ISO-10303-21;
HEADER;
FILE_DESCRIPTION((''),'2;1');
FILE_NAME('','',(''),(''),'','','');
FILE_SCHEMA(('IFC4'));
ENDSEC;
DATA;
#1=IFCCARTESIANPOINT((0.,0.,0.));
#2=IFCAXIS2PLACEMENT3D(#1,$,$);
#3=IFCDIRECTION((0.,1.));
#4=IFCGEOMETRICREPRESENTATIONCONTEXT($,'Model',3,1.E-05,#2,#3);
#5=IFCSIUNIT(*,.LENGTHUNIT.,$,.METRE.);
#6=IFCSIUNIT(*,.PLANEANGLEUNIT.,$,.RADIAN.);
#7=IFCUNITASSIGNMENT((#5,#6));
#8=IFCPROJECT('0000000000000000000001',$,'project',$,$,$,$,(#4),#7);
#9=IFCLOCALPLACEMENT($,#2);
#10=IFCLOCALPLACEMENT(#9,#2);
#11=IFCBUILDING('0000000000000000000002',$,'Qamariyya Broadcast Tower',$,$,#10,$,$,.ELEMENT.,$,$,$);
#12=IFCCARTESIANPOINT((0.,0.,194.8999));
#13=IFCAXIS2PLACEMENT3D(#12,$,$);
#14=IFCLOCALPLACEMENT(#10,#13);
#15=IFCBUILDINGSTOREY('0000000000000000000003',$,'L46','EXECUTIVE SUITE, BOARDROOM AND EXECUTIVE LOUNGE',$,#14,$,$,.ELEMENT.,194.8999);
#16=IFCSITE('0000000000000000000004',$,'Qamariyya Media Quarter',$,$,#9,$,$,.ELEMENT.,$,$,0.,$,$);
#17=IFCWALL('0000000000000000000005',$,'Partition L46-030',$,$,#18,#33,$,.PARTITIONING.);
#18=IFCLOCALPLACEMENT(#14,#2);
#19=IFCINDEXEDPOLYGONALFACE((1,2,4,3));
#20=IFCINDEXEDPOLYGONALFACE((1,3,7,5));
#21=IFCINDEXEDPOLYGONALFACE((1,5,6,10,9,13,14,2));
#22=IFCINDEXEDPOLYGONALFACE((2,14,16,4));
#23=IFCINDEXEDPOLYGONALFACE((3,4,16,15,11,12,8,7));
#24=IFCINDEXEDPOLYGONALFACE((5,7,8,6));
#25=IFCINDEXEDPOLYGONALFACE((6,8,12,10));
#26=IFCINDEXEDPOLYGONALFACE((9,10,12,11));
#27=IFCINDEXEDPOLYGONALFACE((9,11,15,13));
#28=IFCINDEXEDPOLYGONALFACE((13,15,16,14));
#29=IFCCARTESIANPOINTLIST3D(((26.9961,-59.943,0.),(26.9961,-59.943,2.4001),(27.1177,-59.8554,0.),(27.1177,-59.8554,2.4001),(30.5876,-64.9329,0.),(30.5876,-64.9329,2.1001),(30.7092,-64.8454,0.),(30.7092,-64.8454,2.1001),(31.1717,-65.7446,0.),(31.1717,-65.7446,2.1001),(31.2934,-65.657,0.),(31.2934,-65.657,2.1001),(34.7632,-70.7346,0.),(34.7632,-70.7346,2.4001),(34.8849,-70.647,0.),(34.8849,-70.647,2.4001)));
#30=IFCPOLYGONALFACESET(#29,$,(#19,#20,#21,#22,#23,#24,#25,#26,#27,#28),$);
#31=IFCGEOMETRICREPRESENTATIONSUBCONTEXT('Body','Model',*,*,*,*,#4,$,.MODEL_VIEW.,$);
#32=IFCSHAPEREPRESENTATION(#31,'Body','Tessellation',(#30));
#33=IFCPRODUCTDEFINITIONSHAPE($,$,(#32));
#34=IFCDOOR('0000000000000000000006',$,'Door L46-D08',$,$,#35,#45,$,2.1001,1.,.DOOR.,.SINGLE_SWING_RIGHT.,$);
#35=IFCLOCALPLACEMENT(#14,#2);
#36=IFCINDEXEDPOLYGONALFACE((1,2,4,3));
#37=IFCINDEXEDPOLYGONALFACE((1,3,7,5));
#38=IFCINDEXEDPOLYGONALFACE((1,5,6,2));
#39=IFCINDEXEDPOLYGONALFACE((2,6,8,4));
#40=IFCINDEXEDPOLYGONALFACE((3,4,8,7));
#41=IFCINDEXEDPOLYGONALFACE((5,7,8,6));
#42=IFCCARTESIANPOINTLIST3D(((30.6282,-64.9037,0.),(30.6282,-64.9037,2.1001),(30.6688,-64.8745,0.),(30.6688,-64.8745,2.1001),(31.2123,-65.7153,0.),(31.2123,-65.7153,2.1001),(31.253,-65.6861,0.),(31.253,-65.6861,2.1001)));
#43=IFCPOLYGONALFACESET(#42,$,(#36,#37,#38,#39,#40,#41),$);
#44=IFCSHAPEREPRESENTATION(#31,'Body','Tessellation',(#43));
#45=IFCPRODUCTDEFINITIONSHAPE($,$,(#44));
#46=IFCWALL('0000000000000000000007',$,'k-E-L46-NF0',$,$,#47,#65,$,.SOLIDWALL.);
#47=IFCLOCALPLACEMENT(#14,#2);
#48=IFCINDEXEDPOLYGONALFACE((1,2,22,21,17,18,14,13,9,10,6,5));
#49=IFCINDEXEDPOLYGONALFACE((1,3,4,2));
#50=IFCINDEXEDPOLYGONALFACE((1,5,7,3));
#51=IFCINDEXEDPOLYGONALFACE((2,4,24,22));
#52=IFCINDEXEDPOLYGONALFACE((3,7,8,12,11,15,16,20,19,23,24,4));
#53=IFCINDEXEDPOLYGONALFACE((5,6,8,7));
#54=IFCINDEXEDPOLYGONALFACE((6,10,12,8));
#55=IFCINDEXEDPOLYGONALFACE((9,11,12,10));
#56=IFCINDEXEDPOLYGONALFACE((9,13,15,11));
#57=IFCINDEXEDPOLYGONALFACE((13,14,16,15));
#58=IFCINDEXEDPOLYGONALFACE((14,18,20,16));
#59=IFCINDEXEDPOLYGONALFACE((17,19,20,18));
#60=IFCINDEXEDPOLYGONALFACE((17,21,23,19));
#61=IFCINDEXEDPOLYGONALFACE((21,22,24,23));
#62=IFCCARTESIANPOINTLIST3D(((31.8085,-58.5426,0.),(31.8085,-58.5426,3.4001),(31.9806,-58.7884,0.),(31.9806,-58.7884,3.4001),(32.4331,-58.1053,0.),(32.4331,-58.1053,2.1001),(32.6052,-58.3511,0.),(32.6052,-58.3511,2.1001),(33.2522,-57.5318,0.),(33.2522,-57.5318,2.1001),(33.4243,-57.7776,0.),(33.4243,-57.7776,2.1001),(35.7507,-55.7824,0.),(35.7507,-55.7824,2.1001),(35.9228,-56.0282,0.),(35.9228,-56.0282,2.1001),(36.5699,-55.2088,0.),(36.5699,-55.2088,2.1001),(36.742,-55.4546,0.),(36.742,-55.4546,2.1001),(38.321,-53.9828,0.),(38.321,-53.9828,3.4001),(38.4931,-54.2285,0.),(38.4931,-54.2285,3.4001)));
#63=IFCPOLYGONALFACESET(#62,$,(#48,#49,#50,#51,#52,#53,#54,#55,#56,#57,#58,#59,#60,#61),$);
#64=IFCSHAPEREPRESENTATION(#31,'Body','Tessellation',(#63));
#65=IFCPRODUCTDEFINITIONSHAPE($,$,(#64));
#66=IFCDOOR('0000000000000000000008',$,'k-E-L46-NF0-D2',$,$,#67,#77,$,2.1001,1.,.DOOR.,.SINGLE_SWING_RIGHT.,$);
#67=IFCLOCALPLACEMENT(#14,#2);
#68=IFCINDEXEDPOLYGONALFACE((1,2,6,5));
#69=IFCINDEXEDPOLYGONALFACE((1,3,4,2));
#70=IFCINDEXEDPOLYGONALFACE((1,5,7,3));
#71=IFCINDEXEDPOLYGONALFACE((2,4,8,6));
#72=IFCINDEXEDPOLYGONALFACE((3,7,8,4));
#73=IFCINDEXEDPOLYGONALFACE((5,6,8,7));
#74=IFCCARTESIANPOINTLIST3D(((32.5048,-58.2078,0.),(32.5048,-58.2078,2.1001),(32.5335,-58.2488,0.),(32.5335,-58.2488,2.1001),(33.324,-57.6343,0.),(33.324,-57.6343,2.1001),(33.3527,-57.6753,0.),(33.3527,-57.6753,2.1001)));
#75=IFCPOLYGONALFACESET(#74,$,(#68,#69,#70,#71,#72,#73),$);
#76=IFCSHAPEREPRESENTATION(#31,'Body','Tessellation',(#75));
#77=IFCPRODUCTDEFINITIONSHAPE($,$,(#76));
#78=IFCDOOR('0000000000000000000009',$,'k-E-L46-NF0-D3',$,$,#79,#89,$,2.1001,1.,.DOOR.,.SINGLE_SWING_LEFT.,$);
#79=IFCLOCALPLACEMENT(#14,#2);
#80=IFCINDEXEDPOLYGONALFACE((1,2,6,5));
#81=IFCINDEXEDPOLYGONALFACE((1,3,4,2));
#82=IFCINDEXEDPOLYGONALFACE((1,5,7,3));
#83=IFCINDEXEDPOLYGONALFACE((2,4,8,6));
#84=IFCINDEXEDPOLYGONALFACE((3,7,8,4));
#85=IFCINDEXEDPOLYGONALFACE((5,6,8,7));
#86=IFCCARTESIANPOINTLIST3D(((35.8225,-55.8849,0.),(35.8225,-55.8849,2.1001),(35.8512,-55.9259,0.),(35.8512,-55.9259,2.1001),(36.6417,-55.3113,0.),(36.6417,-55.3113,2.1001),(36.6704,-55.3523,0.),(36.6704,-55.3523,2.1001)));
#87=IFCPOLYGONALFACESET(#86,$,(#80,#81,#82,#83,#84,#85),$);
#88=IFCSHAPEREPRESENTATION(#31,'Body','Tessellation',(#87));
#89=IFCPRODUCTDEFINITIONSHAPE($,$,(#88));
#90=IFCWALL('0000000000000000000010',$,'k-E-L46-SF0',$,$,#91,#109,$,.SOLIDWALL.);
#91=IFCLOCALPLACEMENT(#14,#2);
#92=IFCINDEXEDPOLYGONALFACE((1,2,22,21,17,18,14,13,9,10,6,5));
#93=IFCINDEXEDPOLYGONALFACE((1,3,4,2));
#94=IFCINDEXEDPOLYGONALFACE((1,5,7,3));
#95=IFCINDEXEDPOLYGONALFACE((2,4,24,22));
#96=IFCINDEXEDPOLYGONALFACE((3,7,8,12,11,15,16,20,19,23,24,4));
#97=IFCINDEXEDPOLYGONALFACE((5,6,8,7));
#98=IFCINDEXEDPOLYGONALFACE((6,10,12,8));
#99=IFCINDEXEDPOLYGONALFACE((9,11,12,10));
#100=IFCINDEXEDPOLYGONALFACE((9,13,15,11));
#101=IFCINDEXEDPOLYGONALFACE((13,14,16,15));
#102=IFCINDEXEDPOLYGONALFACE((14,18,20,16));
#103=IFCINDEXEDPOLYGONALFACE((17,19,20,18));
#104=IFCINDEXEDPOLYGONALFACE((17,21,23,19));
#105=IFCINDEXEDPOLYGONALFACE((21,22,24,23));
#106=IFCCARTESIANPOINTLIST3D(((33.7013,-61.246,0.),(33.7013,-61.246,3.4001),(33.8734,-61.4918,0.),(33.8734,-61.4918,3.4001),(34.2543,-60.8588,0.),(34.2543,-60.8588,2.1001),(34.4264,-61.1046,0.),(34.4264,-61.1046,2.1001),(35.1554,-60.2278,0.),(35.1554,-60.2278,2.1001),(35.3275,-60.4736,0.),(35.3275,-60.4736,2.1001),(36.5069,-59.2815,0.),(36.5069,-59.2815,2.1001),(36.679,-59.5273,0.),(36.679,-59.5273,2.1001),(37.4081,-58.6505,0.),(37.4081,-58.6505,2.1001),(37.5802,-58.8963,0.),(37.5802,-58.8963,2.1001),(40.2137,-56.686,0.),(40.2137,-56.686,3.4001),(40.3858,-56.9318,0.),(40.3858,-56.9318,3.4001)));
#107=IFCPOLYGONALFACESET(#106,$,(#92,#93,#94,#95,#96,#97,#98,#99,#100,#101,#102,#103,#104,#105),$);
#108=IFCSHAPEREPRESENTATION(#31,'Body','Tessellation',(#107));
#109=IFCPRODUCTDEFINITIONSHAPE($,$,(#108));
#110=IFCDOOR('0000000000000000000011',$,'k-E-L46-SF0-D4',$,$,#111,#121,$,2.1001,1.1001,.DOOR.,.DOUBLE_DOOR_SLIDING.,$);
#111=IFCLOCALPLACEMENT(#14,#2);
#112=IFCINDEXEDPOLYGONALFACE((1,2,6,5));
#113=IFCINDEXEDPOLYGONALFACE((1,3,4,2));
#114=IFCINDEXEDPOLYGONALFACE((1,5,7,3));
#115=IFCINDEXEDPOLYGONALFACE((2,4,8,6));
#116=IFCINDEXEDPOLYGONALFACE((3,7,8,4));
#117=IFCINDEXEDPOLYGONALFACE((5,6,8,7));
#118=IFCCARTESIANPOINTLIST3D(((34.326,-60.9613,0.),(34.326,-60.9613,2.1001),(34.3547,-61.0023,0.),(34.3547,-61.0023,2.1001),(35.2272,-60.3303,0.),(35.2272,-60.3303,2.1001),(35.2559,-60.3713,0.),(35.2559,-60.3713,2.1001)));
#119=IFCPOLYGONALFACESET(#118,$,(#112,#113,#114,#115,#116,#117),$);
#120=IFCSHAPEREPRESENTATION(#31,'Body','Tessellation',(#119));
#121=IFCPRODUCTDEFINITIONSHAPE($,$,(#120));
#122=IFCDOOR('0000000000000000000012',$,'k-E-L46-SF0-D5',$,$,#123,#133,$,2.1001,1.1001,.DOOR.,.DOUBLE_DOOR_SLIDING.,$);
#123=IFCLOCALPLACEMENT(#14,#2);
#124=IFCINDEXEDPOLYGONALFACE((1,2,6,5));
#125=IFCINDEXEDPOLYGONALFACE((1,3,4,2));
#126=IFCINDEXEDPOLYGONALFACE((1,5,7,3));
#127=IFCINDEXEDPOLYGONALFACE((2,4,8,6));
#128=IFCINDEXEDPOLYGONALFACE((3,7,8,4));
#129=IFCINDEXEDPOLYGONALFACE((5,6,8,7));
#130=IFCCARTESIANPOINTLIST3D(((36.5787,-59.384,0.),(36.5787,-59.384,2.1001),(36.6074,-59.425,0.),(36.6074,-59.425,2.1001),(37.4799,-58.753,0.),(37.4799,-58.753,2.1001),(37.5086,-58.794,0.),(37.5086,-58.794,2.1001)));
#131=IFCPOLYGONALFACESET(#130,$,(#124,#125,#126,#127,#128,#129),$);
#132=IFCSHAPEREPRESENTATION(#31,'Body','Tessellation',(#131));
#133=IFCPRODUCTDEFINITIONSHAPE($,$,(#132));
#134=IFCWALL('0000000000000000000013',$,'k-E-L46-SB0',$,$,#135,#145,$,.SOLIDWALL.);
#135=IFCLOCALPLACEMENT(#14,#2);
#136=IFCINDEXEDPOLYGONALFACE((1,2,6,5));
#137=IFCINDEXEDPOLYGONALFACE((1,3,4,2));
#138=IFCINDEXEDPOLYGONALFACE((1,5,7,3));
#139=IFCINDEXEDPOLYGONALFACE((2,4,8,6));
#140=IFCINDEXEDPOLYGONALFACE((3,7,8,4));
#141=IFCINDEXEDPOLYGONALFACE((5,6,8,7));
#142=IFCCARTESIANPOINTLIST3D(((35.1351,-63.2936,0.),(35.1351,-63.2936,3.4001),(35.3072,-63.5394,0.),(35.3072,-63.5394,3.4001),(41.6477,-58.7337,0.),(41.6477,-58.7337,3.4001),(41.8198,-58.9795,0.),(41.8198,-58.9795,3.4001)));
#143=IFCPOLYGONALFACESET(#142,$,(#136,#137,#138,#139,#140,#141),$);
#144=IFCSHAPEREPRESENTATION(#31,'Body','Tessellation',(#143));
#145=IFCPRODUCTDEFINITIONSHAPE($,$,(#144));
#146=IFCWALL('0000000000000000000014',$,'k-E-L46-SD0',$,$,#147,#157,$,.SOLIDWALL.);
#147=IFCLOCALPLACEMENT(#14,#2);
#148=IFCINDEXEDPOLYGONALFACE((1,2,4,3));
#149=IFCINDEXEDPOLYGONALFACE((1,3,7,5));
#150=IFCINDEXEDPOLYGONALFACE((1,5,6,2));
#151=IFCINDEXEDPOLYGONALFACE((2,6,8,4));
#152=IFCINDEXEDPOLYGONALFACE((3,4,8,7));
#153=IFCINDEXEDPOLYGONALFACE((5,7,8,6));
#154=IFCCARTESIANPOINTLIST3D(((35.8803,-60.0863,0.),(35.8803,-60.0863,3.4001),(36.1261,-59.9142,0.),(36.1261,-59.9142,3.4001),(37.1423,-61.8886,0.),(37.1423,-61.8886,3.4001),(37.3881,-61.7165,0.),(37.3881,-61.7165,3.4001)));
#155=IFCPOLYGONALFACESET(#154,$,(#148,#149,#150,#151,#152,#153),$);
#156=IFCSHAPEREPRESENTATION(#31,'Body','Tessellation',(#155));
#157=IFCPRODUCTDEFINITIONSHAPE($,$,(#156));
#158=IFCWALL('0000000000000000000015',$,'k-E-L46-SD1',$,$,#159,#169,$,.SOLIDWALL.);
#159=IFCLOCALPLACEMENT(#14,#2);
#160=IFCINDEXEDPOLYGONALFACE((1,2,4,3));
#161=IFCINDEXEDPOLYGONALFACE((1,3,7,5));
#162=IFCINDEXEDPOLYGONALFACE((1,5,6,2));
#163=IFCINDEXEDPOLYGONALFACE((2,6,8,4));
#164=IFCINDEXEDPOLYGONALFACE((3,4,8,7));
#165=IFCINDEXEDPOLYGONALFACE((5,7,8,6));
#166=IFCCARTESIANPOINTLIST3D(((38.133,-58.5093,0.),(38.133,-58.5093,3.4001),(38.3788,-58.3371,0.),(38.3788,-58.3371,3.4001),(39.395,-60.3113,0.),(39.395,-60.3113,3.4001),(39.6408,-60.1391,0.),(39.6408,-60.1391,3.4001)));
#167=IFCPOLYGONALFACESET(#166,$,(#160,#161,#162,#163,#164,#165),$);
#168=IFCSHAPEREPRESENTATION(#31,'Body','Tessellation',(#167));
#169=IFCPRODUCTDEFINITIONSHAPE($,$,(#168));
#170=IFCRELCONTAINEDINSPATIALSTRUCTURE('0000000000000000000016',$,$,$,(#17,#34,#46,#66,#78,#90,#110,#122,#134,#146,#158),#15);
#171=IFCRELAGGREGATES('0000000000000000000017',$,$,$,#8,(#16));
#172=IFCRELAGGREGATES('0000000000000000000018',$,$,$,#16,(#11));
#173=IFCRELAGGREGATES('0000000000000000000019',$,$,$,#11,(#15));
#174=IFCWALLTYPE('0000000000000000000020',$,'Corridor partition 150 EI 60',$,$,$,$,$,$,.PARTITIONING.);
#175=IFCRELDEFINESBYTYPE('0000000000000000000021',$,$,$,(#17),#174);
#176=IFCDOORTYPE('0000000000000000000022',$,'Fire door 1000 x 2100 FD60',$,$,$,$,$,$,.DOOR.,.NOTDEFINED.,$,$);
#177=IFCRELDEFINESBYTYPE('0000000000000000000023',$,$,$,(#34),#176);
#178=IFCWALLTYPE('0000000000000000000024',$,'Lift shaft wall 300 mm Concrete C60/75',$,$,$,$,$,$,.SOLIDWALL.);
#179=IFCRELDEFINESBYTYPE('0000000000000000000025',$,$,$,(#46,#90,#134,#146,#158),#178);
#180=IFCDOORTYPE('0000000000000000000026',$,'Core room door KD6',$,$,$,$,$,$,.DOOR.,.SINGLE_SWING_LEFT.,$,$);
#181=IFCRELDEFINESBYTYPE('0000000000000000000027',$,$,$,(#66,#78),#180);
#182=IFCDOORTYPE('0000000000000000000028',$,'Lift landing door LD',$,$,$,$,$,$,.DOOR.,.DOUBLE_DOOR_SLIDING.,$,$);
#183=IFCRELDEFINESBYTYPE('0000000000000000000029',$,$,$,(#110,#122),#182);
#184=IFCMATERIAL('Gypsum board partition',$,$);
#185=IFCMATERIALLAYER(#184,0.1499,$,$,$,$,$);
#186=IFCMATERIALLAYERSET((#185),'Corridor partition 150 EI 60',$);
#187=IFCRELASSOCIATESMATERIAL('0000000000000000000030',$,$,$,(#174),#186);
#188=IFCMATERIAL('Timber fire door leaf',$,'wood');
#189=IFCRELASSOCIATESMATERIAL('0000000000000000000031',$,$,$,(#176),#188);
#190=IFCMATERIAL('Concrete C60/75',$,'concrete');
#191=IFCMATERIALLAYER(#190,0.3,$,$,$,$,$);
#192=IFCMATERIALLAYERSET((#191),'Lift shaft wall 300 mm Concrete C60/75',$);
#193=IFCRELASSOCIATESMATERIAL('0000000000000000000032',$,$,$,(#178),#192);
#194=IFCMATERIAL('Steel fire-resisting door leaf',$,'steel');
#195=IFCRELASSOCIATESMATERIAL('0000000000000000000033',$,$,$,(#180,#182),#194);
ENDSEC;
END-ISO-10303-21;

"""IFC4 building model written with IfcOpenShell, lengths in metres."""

from ifc_helpers import new_model, si_unit, direction, frame, frame_2d, origin, place, context, subcontext, project, spatial, rectangle, extrude, material, layer, layer_set, type_object, element, fill, save


model = new_model("IFC4")

# Units and contexts
model_context = context("Model", 3, precision=1e-05, world=origin(), true_north=direction((0.0, 1.0)))
body_context = subcontext(model_context, "Body", "Model", "MODEL_VIEW")
ifc_project = project(units=[si_unit("LENGTHUNIT", "METRE"), si_unit("PLANEANGLEUNIT", "RADIAN")], contexts=[model_context])

# Site, building, storey
site_placement = place(None, origin())
site = spatial("IfcSite", under=ifc_project, at=site_placement, Name="Qamariyya Media Quarter", CompositionType="ELEMENT", RefElevation=0.0)
building_placement = place(site_placement, origin())
building = spatial("IfcBuilding", under=site, at=building_placement, Name="Qamariyya Broadcast Tower", CompositionType="ELEMENT")
storey_placement = place(building_placement, frame((0.0, 0.0, 194.8999)))
storey = spatial("IfcBuildingStorey", under=building, at=storey_placement, Name="L46", Description="EXECUTIVE SUITE, BOARDROOM AND EXECUTIVE LOUNGE", CompositionType="ELEMENT", Elevation=194.8999)

# Shared definitions
ifc_material_1 = material(Name="Concrete C60/75", Category="concrete")

# Shared definitions
ifc_material_2 = material(Name="Steel fire-resisting door leaf", Category="steel")

# Wall, opening, door
ifc_material_3 = material(Name="Gypsum board partition")
ifc_layer_1 = layer(ifc_material_3, 0.1499)
ifc_layer_set_1 = layer_set([ifc_layer_1], Name="Corridor partition 150 EI 60")
wall_type_1 = type_object("IfcWallType", Name="Corridor partition 150 EI 60", PredefinedType="PARTITIONING", material=ifc_layer_set_1)
wall_1_placement = place(storey_placement, frame((34.824, -70.6907, 0.0), z_axis=(0.0, 0.0, 1.0), x_axis=(-0.584166, 0.811634, 0.0)))
wall_1 = element("IfcWall", 1, at=wall_1_placement, inside=storey, type_object=wall_type_1, Name="Partition L46-030", PredefinedType="PARTITIONING", context=body_context, shape_type="SweptSolid", body=[
    extrude(rectangle(XDim=13.2961, YDim=0.1499, at=frame_2d((6.6479, 0.0))), origin(), (0.0, 0.0, 1.0), 2.4001),
])
opening_1_placement = place(wall_1_placement, frame((6.1479, 0.0, 0.0)))
opening_1 = element("IfcOpeningElement", 2, at=opening_1_placement, cuts=wall_1, PredefinedType="OPENING", context=body_context, shape_type="SweptSolid", body=[
    extrude(rectangle(XDim=1.0, YDim=2.1001, at=frame_2d((0.5, 1.05))), frame((0.0, 0.085, 0.0), z_axis=(0.0, -1.0, 0.0), x_axis=(1.0, 0.0, 0.0)), (0.0, 0.0, 1.0), 0.1699),
])
ifc_material_4 = material(Name="Timber fire door leaf", Category="wood")
door_type_1 = type_object("IfcDoorType", Name="Fire door 1000 x 2100 FD60", OperationType="NOTDEFINED", PredefinedType="DOOR", material=ifc_material_4)
door_1_placement = place(opening_1_placement, origin())
door_1 = element("IfcDoor", 3, at=door_1_placement, inside=storey, type_object=door_type_1, Name="Door L46-D08", OperationType="SINGLE_SWING_RIGHT", OverallHeight=2.1001, OverallWidth=1.0, PredefinedType="DOOR", context=body_context, shape_type="SweptSolid", body=[
    extrude(rectangle(XDim=1.0, YDim=2.1001, at=frame_2d((0.5, 1.05))), frame((0.0, 0.0249, 0.0), z_axis=(0.0, -1.0, 0.0), x_axis=(1.0, 0.0, 0.0)), (0.0, 0.0, 1.0), 0.05),
])
fill(opening_1, door_1)

# Walls, openings, doors
ifc_layer_2 = layer(ifc_material_1, 0.3)
ifc_layer_set_2 = layer_set([ifc_layer_2], Name="Lift shaft wall 300 mm Concrete C60/75")
wall_type_2 = type_object("IfcWallType", Name="Lift shaft wall 300 mm Concrete C60/75", PredefinedType="SOLIDWALL", material=ifc_layer_set_2)
wall_2_placement = place(storey_placement, frame((31.8945, -58.6655, 0.0), z_axis=(0.0, 0.0, 1.0), x_axis=(0.819167, 0.573555, 0.0)))
wall_2 = element("IfcWall", 4, at=wall_2_placement, inside=storey, type_object=wall_type_2, Name="k-E-L46-NF0", PredefinedType="SOLIDWALL", context=body_context, shape_type="SweptSolid", body=[
    extrude(rectangle(XDim=7.9502, YDim=0.3, at=frame_2d((3.9751, 0.0))), origin(), (0.0, 0.0, 1.0), 3.4001),
])
opening_2_placement = place(wall_2_placement, frame((0.7625, 0.0, 0.0)))
opening_2 = element("IfcOpeningElement", 5, at=opening_2_placement, cuts=wall_2, PredefinedType="OPENING", context=body_context, shape_type="SweptSolid", body=[
    extrude(rectangle(XDim=1.0, YDim=2.1001, at=frame_2d((0.5, 1.05))), frame((0.0, 0.1599, 0.0), z_axis=(0.0, -1.0, 0.0), x_axis=(1.0, 0.0, 0.0)), (0.0, 0.0, 1.0), 0.3201),
])
opening_3_placement = place(wall_2_placement, frame((4.8125, 0.0, 0.0)))
opening_3 = element("IfcOpeningElement", 6, at=opening_3_placement, cuts=wall_2, PredefinedType="OPENING", context=body_context, shape_type="SweptSolid", body=[
    extrude(rectangle(XDim=1.0, YDim=2.1001, at=frame_2d((0.5, 1.05))), frame((0.0, 0.1599, 0.0), z_axis=(0.0, -1.0, 0.0), x_axis=(1.0, 0.0, 0.0)), (0.0, 0.0, 1.0), 0.3201),
])
door_type_2 = type_object("IfcDoorType", Name="Core room door KD6", OperationType="SINGLE_SWING_LEFT", PredefinedType="DOOR", material=ifc_material_2)
door_2_placement = place(opening_2_placement, origin())
door_2 = element("IfcDoor", 7, at=door_2_placement, inside=storey, type_object=door_type_2, Name="k-E-L46-NF0-D2", OperationType="SINGLE_SWING_RIGHT", OverallHeight=2.1001, OverallWidth=1.0, PredefinedType="DOOR", context=body_context, shape_type="SweptSolid", body=[
    extrude(rectangle(XDim=1.0, YDim=2.1001, at=frame_2d((0.5, 1.05))), frame((0.0, 0.0249, 0.0), z_axis=(0.0, -1.0, 0.0), x_axis=(1.0, 0.0, 0.0)), (0.0, 0.0, 1.0), 0.05),
])
fill(opening_2, door_2)
door_3_placement = place(opening_3_placement, origin())
door_3 = element("IfcDoor", 8, at=door_3_placement, inside=storey, type_object=door_type_2, Name="k-E-L46-NF0-D3", OperationType="SINGLE_SWING_LEFT", OverallHeight=2.1001, OverallWidth=1.0, PredefinedType="DOOR", context=body_context, shape_type="SweptSolid", body=[
    extrude(rectangle(XDim=1.0, YDim=2.1001, at=frame_2d((0.5, 1.05))), frame((0.0, 0.0249, 0.0), z_axis=(0.0, -1.0, 0.0), x_axis=(1.0, 0.0, 0.0)), (0.0, 0.0, 1.0), 0.05),
])
fill(opening_3, door_3)
wall_3_placement = place(storey_placement, frame((33.7874, -61.3689, 0.0), z_axis=(0.0, 0.0, 1.0), x_axis=(0.819153, 0.573576, 0.0)))
wall_3 = element("IfcWall", 9, at=wall_3_placement, inside=storey, type_object=wall_type_2, Name="k-E-L46-SF0", PredefinedType="SOLIDWALL", context=body_context, shape_type="SweptSolid", body=[
    extrude(rectangle(XDim=7.9502, YDim=0.3, at=frame_2d((3.9751, 0.0))), origin(), (0.0, 0.0, 1.0), 3.4001),
])
opening_4_placement = place(wall_3_placement, frame((0.675, 0.0, 0.0)))
opening_4 = element("IfcOpeningElement", 10, at=opening_4_placement, cuts=wall_3, PredefinedType="OPENING", context=body_context, shape_type="SweptSolid", body=[
    extrude(rectangle(XDim=1.1001, YDim=2.1001, at=frame_2d((0.55, 1.05))), frame((0.0, 0.1599, 0.0), z_axis=(0.0, -1.0, 0.0), x_axis=(1.0, 0.0, 0.0)), (0.0, 0.0, 1.0), 0.3201),
])
opening_5_placement = place(wall_3_placement, frame((3.425, 0.0, 0.0)))
opening_5 = element("IfcOpeningElement", 11, at=opening_5_placement, cuts=wall_3, PredefinedType="OPENING", context=body_context, shape_type="SweptSolid", body=[
    extrude(rectangle(XDim=1.1001, YDim=2.1001, at=frame_2d((0.55, 1.05))), frame((0.0, 0.1599, 0.0), z_axis=(0.0, -1.0, 0.0), x_axis=(1.0, 0.0, 0.0)), (0.0, 0.0, 1.0), 0.3201),
])
door_type_3 = type_object("IfcDoorType", Name="Lift landing door LD", OperationType="DOUBLE_DOOR_SLIDING", PredefinedType="DOOR", material=ifc_material_2)
door_4_placement = place(opening_4_placement, origin())
door_4 = element("IfcDoor", 12, at=door_4_placement, inside=storey, type_object=door_type_3, Name="k-E-L46-SF0-D4", OperationType="DOUBLE_DOOR_SLIDING", OverallHeight=2.1001, OverallWidth=1.1001, PredefinedType="DOOR", context=body_context, shape_type="SweptSolid", body=[
    extrude(rectangle(XDim=1.1001, YDim=2.1001, at=frame_2d((0.55, 1.05))), frame((0.0, 0.0249, 0.0), z_axis=(0.0, -1.0, 0.0), x_axis=(1.0, 0.0, 0.0)), (0.0, 0.0, 1.0), 0.05),
])
fill(opening_4, door_4)
door_5_placement = place(opening_5_placement, origin())
door_5 = element("IfcDoor", 13, at=door_5_placement, inside=storey, type_object=door_type_3, Name="k-E-L46-SF0-D5", OperationType="DOUBLE_DOOR_SLIDING", OverallHeight=2.1001, OverallWidth=1.1001, PredefinedType="DOOR", context=body_context, shape_type="SweptSolid", body=[
    extrude(rectangle(XDim=1.1001, YDim=2.1001, at=frame_2d((0.55, 1.05))), frame((0.0, 0.0249, 0.0), z_axis=(0.0, -1.0, 0.0), x_axis=(1.0, 0.0, 0.0)), (0.0, 0.0, 1.0), 0.05),
])
fill(opening_5, door_5)

# Walls
wall_4_placement = place(storey_placement, frame((35.2212, -63.4165, 0.0), z_axis=(0.0, 0.0, 1.0), x_axis=(0.819167, 0.573555, 0.0)))
element("IfcWall", 14, at=wall_4_placement, inside=storey, type_object=wall_type_2, Name="k-E-L46-SB0", PredefinedType="SOLIDWALL", context=body_context, shape_type="SweptSolid", body=[
    extrude(rectangle(XDim=7.9502, YDim=0.3, at=frame_2d((3.9751, 0.0))), origin(), (0.0, 0.0, 1.0), 3.4001),
])
wall_5_placement = place(storey_placement, frame((36.0032, -60.0002, 0.0), z_axis=(0.0, 0.0, 1.0), x_axis=(0.573581, -0.819149, 0.0)))
element("IfcWall", 15, at=wall_5_placement, inside=storey, type_object=wall_type_2, Name="k-E-L46-SD0", PredefinedType="SOLIDWALL", context=body_context, shape_type="SweptSolid", body=[
    extrude(rectangle(XDim=2.2002, YDim=0.3, at=frame_2d((1.1001, 0.0))), origin(), (0.0, 0.0, 1.0), 3.4001),
])
wall_6_placement = place(storey_placement, frame((38.2559, -58.4231, 0.0), z_axis=(0.0, 0.0, 1.0), x_axis=(0.573634, -0.819112, 0.0)))
element("IfcWall", 16, at=wall_6_placement, inside=storey, type_object=wall_type_2, Name="k-E-L46-SD1", PredefinedType="SOLIDWALL", context=body_context, shape_type="SweptSolid", body=[
    extrude(rectangle(XDim=2.2, YDim=0.3, at=frame_2d((1.1001, 0.0))), origin(), (0.0, 0.0, 1.0), 3.4001),
])

save(model, "model.ifc")
